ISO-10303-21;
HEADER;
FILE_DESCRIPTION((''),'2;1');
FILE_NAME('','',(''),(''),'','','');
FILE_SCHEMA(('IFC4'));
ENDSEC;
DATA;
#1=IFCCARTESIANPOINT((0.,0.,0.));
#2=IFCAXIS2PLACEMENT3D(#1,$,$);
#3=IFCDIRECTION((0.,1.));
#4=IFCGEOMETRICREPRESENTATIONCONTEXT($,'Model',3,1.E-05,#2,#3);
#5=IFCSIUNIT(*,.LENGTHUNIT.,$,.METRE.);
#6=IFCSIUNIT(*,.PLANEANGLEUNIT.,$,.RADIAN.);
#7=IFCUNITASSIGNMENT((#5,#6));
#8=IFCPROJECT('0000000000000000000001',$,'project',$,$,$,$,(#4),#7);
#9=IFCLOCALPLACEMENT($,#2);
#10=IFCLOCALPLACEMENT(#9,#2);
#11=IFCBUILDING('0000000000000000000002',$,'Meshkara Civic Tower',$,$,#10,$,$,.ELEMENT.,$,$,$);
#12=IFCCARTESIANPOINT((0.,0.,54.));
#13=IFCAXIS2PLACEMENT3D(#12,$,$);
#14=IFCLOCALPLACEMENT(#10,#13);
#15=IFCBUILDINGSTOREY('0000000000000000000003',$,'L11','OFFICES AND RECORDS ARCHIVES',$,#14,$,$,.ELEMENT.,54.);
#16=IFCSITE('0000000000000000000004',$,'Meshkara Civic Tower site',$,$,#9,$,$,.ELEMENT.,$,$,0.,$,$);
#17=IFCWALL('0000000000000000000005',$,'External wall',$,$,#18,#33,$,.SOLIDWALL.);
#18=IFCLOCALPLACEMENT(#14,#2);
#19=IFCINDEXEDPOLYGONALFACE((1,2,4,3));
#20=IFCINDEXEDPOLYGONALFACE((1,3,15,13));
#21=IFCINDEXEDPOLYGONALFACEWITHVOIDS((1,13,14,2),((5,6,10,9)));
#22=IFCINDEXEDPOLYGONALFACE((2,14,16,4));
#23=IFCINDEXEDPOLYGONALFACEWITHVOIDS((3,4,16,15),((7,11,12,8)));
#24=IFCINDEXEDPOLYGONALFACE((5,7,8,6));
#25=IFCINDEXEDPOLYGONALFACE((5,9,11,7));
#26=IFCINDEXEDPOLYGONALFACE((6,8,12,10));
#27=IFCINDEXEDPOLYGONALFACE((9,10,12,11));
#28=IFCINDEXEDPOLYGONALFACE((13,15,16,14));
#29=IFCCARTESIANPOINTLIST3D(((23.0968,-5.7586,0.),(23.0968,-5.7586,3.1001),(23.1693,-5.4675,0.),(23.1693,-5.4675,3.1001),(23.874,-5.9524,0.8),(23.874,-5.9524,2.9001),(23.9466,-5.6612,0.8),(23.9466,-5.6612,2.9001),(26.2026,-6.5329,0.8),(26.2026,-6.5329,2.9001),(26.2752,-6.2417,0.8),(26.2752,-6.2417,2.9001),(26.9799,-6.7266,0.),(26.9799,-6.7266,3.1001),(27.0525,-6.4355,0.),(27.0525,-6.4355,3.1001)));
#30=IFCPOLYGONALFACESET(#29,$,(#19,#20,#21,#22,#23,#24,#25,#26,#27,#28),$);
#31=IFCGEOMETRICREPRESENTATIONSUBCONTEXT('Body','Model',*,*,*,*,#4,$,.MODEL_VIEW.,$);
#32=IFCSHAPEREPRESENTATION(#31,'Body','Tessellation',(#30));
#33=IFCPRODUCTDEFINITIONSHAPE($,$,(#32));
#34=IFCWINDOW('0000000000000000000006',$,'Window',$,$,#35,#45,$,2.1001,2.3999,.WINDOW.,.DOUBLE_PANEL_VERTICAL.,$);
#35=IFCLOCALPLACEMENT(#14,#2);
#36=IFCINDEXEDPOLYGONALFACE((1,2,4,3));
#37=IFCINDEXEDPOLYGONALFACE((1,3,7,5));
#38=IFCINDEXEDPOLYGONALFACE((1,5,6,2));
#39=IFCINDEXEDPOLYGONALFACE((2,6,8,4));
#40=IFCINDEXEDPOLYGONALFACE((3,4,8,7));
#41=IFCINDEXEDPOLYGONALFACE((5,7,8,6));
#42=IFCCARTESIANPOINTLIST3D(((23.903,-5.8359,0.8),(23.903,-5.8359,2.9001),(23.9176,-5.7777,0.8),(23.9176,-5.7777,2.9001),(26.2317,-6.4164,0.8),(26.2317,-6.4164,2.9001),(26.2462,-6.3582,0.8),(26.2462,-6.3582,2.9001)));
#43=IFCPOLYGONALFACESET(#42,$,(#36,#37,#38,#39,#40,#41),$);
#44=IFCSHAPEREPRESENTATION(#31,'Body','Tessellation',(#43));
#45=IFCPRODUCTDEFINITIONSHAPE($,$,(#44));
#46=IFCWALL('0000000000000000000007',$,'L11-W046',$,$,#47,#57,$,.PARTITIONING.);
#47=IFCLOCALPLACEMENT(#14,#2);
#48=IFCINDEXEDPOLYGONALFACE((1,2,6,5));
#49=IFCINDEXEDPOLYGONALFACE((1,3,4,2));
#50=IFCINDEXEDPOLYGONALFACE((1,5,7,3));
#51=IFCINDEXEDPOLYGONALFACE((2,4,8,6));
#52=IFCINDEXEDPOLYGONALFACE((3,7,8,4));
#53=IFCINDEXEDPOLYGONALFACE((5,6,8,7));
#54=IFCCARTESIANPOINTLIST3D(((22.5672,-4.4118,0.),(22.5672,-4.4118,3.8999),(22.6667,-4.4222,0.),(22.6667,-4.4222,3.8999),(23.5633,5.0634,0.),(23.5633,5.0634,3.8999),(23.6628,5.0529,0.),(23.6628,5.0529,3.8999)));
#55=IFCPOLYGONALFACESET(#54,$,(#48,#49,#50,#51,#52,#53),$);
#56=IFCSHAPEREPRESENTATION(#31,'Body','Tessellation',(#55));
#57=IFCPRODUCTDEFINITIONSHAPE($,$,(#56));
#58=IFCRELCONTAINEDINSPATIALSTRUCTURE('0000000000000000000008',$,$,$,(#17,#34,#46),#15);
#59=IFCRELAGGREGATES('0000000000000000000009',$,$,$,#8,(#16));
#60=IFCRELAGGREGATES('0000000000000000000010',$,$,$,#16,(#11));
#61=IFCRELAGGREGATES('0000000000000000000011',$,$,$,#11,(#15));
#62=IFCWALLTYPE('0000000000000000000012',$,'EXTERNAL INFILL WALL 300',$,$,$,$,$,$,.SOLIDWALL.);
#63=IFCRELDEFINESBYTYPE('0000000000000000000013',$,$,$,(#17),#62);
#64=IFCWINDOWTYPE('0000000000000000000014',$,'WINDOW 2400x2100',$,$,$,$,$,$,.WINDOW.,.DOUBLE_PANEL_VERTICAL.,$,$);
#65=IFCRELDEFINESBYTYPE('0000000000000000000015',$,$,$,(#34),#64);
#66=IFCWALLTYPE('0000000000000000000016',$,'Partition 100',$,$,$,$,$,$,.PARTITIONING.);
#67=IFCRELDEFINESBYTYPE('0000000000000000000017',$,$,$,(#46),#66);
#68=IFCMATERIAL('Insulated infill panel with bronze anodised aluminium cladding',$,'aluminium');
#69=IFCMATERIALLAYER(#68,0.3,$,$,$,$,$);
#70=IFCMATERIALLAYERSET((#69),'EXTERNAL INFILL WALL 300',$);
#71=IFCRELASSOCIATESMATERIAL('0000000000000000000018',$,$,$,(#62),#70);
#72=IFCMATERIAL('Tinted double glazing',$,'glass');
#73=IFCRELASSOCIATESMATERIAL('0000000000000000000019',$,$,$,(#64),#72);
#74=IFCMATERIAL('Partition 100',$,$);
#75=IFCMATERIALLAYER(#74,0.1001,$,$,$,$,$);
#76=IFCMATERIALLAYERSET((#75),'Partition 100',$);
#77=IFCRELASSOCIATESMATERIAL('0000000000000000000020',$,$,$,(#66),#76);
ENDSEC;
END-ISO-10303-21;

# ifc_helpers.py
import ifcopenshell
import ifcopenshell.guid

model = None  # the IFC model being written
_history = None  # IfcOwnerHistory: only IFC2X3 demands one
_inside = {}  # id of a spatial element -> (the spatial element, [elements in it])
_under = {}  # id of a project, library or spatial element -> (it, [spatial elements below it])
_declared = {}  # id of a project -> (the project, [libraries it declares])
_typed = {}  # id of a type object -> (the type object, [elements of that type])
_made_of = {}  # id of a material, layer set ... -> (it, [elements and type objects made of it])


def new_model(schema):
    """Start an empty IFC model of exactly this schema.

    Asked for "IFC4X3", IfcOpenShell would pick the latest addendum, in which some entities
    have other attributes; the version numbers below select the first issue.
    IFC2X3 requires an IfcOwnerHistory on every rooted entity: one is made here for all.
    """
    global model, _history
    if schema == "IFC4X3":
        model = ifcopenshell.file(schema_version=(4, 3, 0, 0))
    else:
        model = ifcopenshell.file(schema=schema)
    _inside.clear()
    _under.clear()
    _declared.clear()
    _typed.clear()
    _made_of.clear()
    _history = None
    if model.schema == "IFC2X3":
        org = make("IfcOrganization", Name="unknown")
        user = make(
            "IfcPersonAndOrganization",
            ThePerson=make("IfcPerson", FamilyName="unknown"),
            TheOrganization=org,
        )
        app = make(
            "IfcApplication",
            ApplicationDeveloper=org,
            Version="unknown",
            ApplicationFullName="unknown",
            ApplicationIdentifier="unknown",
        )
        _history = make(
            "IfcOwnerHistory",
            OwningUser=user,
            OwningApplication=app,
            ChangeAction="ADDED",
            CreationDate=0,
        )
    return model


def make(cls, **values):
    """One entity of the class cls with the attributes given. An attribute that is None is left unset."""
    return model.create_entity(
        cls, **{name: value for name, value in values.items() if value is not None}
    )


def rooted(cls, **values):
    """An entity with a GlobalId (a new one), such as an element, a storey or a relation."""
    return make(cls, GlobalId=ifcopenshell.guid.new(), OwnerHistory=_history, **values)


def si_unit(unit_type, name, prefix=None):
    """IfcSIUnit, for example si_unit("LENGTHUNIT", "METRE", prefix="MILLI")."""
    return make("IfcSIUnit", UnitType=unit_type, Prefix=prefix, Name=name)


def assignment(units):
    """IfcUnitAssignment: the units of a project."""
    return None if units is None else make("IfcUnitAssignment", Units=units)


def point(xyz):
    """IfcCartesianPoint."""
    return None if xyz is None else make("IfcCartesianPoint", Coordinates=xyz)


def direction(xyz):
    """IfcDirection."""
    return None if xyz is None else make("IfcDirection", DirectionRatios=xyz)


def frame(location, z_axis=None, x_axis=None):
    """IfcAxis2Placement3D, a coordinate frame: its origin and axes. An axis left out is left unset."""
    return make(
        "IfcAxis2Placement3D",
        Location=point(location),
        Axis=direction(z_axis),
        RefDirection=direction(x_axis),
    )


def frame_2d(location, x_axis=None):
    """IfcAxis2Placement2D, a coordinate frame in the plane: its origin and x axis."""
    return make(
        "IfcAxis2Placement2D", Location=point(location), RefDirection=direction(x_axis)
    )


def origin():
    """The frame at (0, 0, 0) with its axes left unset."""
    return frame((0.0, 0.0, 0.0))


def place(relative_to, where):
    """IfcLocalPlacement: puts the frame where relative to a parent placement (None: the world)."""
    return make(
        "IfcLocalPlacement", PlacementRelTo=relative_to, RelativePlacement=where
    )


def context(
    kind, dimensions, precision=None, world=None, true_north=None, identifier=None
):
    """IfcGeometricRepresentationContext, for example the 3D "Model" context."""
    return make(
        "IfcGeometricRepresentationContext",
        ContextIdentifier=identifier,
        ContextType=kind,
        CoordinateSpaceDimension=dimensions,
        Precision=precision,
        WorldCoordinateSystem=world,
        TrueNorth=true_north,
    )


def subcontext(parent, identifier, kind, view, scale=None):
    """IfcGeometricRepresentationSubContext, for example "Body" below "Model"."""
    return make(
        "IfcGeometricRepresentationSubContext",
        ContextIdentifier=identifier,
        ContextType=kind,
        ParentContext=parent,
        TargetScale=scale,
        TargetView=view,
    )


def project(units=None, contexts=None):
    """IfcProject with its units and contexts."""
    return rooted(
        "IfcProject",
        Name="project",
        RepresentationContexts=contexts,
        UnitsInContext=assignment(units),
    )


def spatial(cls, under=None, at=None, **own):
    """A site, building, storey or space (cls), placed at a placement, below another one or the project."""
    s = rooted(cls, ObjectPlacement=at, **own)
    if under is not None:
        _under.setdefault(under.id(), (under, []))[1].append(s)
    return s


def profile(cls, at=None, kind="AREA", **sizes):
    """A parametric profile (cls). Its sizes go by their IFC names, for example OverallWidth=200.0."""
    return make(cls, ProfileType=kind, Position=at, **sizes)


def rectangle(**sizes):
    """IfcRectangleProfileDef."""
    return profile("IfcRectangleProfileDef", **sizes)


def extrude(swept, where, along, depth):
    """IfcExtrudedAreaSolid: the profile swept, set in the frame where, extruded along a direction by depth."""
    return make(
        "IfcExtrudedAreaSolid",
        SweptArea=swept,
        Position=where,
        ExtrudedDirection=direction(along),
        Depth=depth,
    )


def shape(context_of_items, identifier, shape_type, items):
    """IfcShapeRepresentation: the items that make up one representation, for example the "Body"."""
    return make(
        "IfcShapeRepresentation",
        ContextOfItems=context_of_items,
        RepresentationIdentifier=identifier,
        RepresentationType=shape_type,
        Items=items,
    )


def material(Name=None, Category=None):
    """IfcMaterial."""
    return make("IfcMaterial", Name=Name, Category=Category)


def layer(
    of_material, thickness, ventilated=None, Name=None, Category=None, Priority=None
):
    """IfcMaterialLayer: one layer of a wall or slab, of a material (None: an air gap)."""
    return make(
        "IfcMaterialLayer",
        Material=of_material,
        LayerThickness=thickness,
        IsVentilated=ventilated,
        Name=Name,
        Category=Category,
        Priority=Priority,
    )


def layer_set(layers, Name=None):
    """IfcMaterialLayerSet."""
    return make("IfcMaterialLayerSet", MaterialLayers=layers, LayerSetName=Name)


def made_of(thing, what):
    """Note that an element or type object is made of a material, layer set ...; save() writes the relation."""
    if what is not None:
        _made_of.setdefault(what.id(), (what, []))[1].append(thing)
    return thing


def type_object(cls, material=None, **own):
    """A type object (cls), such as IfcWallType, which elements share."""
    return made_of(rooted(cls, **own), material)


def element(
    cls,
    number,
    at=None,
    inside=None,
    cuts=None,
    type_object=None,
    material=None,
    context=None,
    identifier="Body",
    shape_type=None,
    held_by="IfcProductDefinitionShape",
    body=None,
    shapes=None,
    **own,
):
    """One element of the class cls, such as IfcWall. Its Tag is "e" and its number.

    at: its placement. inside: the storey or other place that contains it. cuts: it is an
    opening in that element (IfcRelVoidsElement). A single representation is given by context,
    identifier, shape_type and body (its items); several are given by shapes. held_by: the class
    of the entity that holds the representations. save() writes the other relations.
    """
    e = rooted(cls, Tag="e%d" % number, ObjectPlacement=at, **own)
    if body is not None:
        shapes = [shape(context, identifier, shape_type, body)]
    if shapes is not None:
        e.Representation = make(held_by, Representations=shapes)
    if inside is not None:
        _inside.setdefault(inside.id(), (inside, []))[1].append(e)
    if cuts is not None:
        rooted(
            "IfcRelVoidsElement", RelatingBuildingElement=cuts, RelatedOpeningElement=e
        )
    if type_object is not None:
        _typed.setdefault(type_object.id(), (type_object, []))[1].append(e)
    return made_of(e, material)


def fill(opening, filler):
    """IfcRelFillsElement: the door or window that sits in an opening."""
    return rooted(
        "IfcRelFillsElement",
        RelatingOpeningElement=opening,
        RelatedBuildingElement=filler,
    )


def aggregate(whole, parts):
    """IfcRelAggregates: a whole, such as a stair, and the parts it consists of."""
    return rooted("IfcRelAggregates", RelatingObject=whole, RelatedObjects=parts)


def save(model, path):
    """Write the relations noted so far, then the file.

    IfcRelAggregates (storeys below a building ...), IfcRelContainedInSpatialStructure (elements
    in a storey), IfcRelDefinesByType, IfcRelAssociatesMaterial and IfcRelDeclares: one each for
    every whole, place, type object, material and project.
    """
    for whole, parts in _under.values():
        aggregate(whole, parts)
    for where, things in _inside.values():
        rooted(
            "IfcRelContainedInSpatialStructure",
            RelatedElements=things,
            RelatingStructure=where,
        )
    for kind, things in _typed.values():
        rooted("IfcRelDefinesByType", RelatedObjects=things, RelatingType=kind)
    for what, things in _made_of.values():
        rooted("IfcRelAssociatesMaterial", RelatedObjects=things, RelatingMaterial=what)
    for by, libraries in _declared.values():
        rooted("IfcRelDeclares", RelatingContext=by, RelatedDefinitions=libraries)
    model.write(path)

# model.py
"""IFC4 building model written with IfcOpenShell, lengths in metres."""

from ifc_helpers import new_model, si_unit, direction, frame, frame_2d, origin, place, context, subcontext, project, spatial, rectangle, extrude, material, layer, layer_set, type_object, element, fill, save


model = new_model("IFC4")

# Units and contexts
model_context = context("Model", 3, precision=1e-05, world=origin(), true_north=direction((0.0, 1.0)))
body_context = subcontext(model_context, "Body", "Model", "MODEL_VIEW")
ifc_project = project(units=[si_unit("LENGTHUNIT", "METRE"), si_unit("PLANEANGLEUNIT", "RADIAN")], contexts=[model_context])

# Site, building, storey
site_placement = place(None, origin())
site = spatial("IfcSite", under=ifc_project, at=site_placement, Name="Meshkara Civic Tower site", CompositionType="ELEMENT", RefElevation=0.0)
building_placement = place(site_placement, origin())
building = spatial("IfcBuilding", under=site, at=building_placement, Name="Meshkara Civic Tower", CompositionType="ELEMENT")
storey_placement = place(building_placement, frame((0.0, 0.0, 54.0)))
storey = spatial("IfcBuildingStorey", under=building, at=storey_placement, Name="L11", Description="OFFICES AND RECORDS ARCHIVES", CompositionType="ELEMENT", Elevation=54.0)

# Wall, opening, window
ifc_material_1 = material(Name="Insulated infill panel with bronze anodised aluminium cladding", Category="aluminium")
ifc_layer_1 = layer(ifc_material_1, 0.3)
ifc_layer_set_1 = layer_set([ifc_layer_1], Name="EXTERNAL INFILL WALL 300")
wall_type_1 = type_object("IfcWallType", Name="EXTERNAL INFILL WALL 300", PredefinedType="SOLIDWALL", material=ifc_layer_set_1)
ifc_material_2 = material(Name="Tinted double glazing", Category="glass")
window_type = type_object("IfcWindowType", Name="WINDOW 2400x2100", PartitioningType="DOUBLE_PANEL_VERTICAL", PredefinedType="WINDOW", material=ifc_material_2)
wall_1_placement = place(storey_placement, frame((23.1331, -5.613, 0.0), z_axis=(0.0, 0.0, 1.0), x_axis=(0.970304, -0.24189, 0.0)))
wall_1 = element("IfcWall", 1, at=wall_1_placement, inside=storey, type_object=wall_type_1, Name="External wall", PredefinedType="SOLIDWALL", context=body_context, shape_type="SweptSolid", body=[
    extrude(rectangle(XDim=4.002, YDim=0.3, at=frame_2d((2.001, 0.0))), origin(), (0.0, 0.0, 1.0), 3.1001),
])
opening_1_placement = place(wall_1_placement, frame((0.801, 0.0, 0.8)))
opening_1 = element("IfcOpeningElement", 2, at=opening_1_placement, cuts=wall_1, PredefinedType="OPENING", context=body_context, shape_type="SweptSolid", body=[
    extrude(rectangle(XDim=2.3999, YDim=2.1001, at=frame_2d((1.2, 1.05))), frame((0.0, 0.1599, 0.0), z_axis=(0.0, -1.0, 0.0), x_axis=(1.0, 0.0, 0.0)), (0.0, 0.0, 1.0), 0.3201),
])
window_1_placement = place(opening_1_placement, origin())
window_1 = element("IfcWindow", 3, at=window_1_placement, inside=storey, type_object=window_type, Name="Window", OverallHeight=2.1001, OverallWidth=2.3999, PartitioningType="DOUBLE_PANEL_VERTICAL", PredefinedType="WINDOW", context=body_context, shape_type="SweptSolid", body=[
    extrude(rectangle(XDim=2.3999, YDim=2.1001, at=frame_2d((1.2, 1.05))), frame((0.0, 0.03, 0.0), z_axis=(0.0, -1.0, 0.0), x_axis=(1.0, 0.0, 0.0)), (0.0, 0.0, 1.0), 0.0601),
])
fill(opening_1, window_1)

# Wall
ifc_material_3 = material(Name="Partition 100")
ifc_layer_2 = layer(ifc_material_3, 0.1001)
ifc_layer_set_2 = layer_set([ifc_layer_2], Name="Partition 100")
wall_type_2 = type_object("IfcWallType", Name="Partition 100", PredefinedType="PARTITIONING", material=ifc_layer_set_2)
wall_2_placement = place(storey_placement, frame((22.6169, -4.417, 0.0), z_axis=(0.0, 0.0, 1.0), x_axis=(0.104551, 0.994519, 0.0)))
element("IfcWall", 4, at=wall_2_placement, inside=storey, type_object=wall_type_2, Name="L11-W046", PredefinedType="PARTITIONING", context=body_context, shape_type="SweptSolid", body=[
    extrude(rectangle(XDim=9.5273, YDim=0.1001, at=frame_2d((4.7637, 0.0))), origin(), (0.0, 0.0, 1.0), 3.8999),
])

save(model, "model.ifc")
